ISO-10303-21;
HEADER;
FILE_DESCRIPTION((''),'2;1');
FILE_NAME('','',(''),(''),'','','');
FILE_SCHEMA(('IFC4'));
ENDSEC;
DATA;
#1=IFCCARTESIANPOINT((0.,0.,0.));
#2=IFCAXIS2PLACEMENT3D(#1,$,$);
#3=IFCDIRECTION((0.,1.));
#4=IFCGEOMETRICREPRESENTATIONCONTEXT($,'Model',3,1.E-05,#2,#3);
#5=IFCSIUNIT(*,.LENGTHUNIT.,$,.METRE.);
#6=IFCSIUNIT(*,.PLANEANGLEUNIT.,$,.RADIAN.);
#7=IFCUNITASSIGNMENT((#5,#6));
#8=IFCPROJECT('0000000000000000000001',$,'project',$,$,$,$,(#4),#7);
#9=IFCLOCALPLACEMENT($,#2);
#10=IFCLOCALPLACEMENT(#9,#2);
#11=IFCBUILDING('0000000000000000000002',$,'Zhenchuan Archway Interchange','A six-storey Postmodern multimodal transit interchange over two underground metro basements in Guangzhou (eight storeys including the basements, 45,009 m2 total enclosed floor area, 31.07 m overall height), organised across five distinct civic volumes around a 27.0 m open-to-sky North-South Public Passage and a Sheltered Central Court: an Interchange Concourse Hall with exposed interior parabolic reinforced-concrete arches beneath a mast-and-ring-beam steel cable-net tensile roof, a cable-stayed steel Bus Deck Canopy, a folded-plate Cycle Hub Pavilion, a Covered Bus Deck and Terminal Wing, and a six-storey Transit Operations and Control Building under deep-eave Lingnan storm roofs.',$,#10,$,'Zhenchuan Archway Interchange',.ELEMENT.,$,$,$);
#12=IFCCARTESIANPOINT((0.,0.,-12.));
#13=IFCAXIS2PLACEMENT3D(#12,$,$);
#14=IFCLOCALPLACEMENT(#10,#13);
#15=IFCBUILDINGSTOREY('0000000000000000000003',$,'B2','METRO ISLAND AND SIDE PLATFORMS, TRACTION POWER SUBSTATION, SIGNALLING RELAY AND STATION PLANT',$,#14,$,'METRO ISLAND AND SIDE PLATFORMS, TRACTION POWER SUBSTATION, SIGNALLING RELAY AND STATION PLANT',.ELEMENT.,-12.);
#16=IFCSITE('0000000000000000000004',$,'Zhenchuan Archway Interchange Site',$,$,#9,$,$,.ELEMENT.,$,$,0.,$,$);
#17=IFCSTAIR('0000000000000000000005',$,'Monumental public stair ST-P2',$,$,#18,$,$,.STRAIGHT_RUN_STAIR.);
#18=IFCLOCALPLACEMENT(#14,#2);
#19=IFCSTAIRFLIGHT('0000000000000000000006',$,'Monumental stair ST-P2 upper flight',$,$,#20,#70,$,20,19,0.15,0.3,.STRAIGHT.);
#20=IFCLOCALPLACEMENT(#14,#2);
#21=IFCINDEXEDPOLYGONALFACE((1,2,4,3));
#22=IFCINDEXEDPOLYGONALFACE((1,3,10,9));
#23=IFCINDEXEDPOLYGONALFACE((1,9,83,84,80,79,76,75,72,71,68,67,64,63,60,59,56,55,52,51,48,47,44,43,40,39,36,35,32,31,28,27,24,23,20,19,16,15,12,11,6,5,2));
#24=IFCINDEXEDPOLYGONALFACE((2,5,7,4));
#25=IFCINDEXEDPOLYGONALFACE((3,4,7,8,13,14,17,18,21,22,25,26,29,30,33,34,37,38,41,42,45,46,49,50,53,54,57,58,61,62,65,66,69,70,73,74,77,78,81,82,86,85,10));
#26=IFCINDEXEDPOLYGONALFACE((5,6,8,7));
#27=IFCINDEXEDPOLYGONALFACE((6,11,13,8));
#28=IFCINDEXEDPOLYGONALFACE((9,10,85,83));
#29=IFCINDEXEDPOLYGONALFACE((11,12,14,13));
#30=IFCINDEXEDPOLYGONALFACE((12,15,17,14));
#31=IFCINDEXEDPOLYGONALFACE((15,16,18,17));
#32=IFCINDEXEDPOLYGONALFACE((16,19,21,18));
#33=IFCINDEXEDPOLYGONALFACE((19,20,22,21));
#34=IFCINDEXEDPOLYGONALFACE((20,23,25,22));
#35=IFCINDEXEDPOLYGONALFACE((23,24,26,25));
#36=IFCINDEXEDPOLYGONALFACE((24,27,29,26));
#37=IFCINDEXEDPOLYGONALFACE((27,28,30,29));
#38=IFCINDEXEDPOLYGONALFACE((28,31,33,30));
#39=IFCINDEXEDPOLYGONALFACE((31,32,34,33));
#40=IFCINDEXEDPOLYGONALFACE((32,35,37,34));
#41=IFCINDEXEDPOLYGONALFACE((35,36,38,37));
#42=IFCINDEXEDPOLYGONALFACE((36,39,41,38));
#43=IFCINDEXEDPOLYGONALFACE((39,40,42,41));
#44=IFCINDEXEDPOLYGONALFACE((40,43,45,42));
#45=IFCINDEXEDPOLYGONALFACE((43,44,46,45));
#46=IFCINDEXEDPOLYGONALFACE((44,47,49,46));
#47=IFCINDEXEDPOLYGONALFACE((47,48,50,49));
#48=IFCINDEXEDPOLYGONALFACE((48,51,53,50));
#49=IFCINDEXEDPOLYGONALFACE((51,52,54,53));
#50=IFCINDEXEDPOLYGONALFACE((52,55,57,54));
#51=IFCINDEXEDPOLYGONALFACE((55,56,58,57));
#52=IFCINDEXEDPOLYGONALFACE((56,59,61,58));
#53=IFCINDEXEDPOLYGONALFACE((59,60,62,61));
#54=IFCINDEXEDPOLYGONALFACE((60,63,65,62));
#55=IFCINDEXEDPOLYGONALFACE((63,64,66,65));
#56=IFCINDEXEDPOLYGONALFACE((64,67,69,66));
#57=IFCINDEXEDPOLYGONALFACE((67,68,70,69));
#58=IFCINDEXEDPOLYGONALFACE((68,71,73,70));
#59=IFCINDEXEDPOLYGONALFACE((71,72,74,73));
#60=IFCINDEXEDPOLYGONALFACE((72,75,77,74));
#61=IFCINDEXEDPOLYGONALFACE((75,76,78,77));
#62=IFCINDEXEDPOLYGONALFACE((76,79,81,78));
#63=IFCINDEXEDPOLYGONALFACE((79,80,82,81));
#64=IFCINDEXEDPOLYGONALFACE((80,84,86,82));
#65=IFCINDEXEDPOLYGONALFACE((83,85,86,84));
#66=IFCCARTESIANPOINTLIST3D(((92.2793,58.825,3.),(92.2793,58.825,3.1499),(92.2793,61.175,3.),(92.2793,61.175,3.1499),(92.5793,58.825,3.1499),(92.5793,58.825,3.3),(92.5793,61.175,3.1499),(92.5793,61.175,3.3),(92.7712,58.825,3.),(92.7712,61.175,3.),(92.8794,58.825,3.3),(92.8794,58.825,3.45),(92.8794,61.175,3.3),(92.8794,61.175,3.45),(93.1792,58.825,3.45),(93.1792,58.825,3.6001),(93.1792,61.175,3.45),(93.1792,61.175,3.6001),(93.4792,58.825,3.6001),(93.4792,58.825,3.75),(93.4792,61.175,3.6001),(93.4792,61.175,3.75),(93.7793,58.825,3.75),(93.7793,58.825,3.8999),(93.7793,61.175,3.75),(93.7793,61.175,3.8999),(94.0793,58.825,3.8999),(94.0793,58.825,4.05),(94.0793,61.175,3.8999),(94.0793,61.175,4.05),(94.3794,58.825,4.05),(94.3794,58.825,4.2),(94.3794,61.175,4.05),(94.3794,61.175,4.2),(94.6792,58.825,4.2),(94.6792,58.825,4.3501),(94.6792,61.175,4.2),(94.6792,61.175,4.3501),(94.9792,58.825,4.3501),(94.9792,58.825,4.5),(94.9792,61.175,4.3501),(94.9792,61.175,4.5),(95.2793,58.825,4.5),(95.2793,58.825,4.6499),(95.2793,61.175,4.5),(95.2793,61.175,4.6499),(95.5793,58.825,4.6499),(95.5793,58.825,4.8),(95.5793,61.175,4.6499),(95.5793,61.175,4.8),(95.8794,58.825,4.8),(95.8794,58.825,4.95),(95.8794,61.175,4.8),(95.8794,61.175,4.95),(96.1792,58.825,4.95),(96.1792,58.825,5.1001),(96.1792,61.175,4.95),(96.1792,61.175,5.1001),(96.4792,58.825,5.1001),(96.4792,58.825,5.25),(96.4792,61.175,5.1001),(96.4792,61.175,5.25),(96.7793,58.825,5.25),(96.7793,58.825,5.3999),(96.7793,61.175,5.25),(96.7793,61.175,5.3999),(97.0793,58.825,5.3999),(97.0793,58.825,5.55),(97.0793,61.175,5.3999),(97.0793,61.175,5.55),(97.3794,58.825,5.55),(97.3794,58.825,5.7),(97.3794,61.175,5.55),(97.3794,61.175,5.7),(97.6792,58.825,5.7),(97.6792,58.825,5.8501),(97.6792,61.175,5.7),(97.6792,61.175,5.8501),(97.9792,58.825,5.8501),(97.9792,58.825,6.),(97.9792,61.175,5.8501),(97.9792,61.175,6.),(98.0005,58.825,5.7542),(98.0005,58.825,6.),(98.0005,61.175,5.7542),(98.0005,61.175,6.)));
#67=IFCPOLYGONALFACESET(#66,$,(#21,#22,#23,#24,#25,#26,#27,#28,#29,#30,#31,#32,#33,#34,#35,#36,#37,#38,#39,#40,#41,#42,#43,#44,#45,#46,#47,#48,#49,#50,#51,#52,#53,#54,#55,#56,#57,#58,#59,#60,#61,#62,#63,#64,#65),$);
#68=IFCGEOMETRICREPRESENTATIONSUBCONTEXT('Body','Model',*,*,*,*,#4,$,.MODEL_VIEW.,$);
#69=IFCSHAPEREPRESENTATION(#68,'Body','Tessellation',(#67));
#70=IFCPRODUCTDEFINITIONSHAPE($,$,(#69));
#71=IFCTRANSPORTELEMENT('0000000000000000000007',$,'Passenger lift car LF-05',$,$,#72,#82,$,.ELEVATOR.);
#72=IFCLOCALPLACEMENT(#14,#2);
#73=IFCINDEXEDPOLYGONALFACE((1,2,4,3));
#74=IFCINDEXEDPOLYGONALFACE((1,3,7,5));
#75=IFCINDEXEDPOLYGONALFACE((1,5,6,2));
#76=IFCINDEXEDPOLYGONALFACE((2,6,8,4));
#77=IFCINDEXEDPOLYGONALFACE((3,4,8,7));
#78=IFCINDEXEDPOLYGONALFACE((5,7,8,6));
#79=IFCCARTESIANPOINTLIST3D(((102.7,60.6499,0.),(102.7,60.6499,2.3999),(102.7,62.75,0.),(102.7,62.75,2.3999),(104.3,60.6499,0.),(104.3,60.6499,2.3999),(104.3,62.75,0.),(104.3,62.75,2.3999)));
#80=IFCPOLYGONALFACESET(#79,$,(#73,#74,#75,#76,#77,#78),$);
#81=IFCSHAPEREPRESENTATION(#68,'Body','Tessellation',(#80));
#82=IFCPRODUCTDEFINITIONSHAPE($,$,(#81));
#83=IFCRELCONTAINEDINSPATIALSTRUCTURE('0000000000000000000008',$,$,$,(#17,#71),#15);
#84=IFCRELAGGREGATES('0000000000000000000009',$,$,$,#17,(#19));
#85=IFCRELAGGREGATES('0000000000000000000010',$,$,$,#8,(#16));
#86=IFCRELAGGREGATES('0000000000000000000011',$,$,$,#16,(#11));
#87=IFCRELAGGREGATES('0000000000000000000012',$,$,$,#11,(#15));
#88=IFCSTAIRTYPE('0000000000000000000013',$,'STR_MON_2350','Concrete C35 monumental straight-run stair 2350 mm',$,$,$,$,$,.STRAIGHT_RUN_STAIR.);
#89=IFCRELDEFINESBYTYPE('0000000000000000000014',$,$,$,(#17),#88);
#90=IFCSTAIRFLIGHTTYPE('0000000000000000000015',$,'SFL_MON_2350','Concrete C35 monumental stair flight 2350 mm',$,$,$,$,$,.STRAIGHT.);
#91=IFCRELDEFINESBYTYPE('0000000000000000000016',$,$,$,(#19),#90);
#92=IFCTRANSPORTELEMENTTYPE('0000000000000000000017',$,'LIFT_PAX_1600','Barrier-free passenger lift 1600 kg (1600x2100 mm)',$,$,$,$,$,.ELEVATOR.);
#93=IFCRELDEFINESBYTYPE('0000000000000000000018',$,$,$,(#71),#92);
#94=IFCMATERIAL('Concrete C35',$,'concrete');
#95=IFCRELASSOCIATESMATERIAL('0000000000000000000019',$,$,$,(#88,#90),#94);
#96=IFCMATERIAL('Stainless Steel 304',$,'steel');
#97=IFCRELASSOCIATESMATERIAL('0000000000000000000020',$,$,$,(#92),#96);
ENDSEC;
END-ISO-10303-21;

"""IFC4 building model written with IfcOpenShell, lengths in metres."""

from ifc_helpers import new_model, si_unit, direction, frame, origin, origin_2d, place, context, subcontext, project, spatial, polyline, rectangle, outline, extrude, material, type_object, element, aggregate, save


model = new_model("IFC4")

# Units and contexts
model_context = context("Model", 3, precision=1e-05, world=origin(), true_north=direction((0.0, 1.0)))
body_context = subcontext(model_context, "Body", "Model", "MODEL_VIEW")
ifc_project = project(units=[si_unit("LENGTHUNIT", "METRE"), si_unit("PLANEANGLEUNIT", "RADIAN")], contexts=[model_context])

# Site, building, storey
site_placement = place(None, origin())
site = spatial("IfcSite", under=ifc_project, at=site_placement, Name="Zhenchuan Archway Interchange Site", CompositionType="ELEMENT", RefElevation=0.0)
building_placement = place(site_placement, origin())
building = spatial("IfcBuilding", under=site, at=building_placement, Name="Zhenchuan Archway Interchange", Description="A six-storey Postmodern multimodal transit interchange over two underground metro basements in Guangzhou (eight storeys including the basements, 45,009 m2 total enclosed floor area, 31.07 m overall height), organised across five distinct civic volumes around a 27.0 m open-to-sky North-South Public Passage and a Sheltered Central Court: an Interchange Concourse Hall with exposed interior parabolic reinforced-concrete arches beneath a mast-and-ring-beam steel cable-net tensile roof, a cable-stayed steel Bus Deck Canopy, a folded-plate Cycle Hub Pavilion, a Covered Bus Deck and Terminal Wing, and a six-storey Transit Operations and Control Building under deep-eave Lingnan storm roofs.", LongName="Zhenchuan Archway Interchange", CompositionType="ELEMENT")
storey_placement = place(building_placement, frame((0.0, 0.0, -12.0)))
storey = spatial("IfcBuildingStorey", under=building, at=storey_placement, Name="B2", Description="METRO ISLAND AND SIDE PLATFORMS, TRACTION POWER SUBSTATION, SIGNALLING RELAY AND STATION PLANT", LongName="METRO ISLAND AND SIDE PLATFORMS, TRACTION POWER SUBSTATION, SIGNALLING RELAY AND STATION PLANT", CompositionType="ELEMENT", Elevation=-12.0)

# Shared definitions
ifc_material_1 = material(Name="Concrete C35", Category="concrete")

# Shared definitions
ifc_material_2 = material(Name="Stainless Steel 304", Category="steel")

# Stair, stair flight
stair_type = type_object("IfcStairType", Name="STR_MON_2350", Description="Concrete C35 monumental straight-run stair 2350 mm", PredefinedType="STRAIGHT_RUN_STAIR", material=ifc_material_1)
stair_placement = place(storey_placement, origin())
stair = element("IfcStair", 1, at=stair_placement, inside=storey, type_object=stair_type, Name="Monumental public stair ST-P2", PredefinedType="STRAIGHT_RUN_STAIR")
stair_flight_type = type_object("IfcStairFlightType", Name="SFL_MON_2350", Description="Concrete C35 monumental stair flight 2350 mm", PredefinedType="STRAIGHT", material=ifc_material_1)
stair_flight_placement = place(storey_placement, frame((92.2793, 60.0, 3.0), z_axis=(0.0, 0.0, 1.0), x_axis=(1.0, 0.0, 0.0)))
stair_flight = element("IfcStairFlight", 2, at=stair_flight_placement, type_object=stair_flight_type, Name="Monumental stair ST-P2 upper flight", NumberOfRisers=20, NumberOfTreads=19, PredefinedType="STRAIGHT", RiserHeight=0.15, TreadLength=0.3, context=body_context, shape_type="SweptSolid", body=[
    extrude(outline(polyline([(0.0, 0.0), (0.0, 0.1499), (0.3, 0.1499), (0.3, 0.3), (0.6001, 0.3), (0.6001, 0.45), (0.8999, 0.45), (0.8999, 0.6001), (1.2, 0.6001), (1.2, 0.75), (1.5, 0.75), (1.5, 0.8999), (1.8, 0.8999), (1.8, 1.05), (2.1001, 1.05), (2.1001, 1.2), (2.3999, 1.2), (2.3999, 1.3501), (2.7, 1.3501), (2.7, 1.5), (3.0, 1.5), (3.0, 1.6499), (3.3, 1.6499), (3.3, 1.8), (3.6001, 1.8), (3.6001, 1.95), (3.8999, 1.95), (3.8999, 2.1001), (4.2, 2.1001), (4.2, 2.25), (4.5, 2.25), (4.5, 2.3999), (4.8, 2.3999), (4.8, 2.55), (5.1001, 2.55), (5.1001, 2.7), (5.3999, 2.7), (5.3999, 2.8501), (5.7, 2.8501), (5.7, 3.0), (5.7212, 3.0), (5.7212, 2.7542), (0.4919, 0.0), (0.0, 0.0)])), frame((0.0, 1.175, 0.0), z_axis=(0.0, -1.0, 0.0), x_axis=(1.0, 0.0, 0.0)), (0.0, 0.0, 1.0), 2.3501),
])
aggregate(stair, [stair_flight])

# Transport element
transport_element_type = type_object("IfcTransportElementType", Name="LIFT_PAX_1600", Description="Barrier-free passenger lift 1600 kg (1600x2100 mm)", PredefinedType="ELEVATOR", material=ifc_material_2)
transport_element_placement = place(storey_placement, frame((103.5, 61.7, 0.0), z_axis=(0.0, 0.0, 1.0), x_axis=(1.0, 0.0, 0.0)))
element("IfcTransportElement", 3, at=transport_element_placement, inside=storey, type_object=transport_element_type, Name="Passenger lift car LF-05", PredefinedType="ELEVATOR", context=body_context, shape_type="SweptSolid", body=[
    extrude(rectangle(XDim=1.6001, YDim=2.1001, at=origin_2d()), origin(), (0.0, 0.0, 1.0), 2.3999),
])

save(model, "model.ifc")
